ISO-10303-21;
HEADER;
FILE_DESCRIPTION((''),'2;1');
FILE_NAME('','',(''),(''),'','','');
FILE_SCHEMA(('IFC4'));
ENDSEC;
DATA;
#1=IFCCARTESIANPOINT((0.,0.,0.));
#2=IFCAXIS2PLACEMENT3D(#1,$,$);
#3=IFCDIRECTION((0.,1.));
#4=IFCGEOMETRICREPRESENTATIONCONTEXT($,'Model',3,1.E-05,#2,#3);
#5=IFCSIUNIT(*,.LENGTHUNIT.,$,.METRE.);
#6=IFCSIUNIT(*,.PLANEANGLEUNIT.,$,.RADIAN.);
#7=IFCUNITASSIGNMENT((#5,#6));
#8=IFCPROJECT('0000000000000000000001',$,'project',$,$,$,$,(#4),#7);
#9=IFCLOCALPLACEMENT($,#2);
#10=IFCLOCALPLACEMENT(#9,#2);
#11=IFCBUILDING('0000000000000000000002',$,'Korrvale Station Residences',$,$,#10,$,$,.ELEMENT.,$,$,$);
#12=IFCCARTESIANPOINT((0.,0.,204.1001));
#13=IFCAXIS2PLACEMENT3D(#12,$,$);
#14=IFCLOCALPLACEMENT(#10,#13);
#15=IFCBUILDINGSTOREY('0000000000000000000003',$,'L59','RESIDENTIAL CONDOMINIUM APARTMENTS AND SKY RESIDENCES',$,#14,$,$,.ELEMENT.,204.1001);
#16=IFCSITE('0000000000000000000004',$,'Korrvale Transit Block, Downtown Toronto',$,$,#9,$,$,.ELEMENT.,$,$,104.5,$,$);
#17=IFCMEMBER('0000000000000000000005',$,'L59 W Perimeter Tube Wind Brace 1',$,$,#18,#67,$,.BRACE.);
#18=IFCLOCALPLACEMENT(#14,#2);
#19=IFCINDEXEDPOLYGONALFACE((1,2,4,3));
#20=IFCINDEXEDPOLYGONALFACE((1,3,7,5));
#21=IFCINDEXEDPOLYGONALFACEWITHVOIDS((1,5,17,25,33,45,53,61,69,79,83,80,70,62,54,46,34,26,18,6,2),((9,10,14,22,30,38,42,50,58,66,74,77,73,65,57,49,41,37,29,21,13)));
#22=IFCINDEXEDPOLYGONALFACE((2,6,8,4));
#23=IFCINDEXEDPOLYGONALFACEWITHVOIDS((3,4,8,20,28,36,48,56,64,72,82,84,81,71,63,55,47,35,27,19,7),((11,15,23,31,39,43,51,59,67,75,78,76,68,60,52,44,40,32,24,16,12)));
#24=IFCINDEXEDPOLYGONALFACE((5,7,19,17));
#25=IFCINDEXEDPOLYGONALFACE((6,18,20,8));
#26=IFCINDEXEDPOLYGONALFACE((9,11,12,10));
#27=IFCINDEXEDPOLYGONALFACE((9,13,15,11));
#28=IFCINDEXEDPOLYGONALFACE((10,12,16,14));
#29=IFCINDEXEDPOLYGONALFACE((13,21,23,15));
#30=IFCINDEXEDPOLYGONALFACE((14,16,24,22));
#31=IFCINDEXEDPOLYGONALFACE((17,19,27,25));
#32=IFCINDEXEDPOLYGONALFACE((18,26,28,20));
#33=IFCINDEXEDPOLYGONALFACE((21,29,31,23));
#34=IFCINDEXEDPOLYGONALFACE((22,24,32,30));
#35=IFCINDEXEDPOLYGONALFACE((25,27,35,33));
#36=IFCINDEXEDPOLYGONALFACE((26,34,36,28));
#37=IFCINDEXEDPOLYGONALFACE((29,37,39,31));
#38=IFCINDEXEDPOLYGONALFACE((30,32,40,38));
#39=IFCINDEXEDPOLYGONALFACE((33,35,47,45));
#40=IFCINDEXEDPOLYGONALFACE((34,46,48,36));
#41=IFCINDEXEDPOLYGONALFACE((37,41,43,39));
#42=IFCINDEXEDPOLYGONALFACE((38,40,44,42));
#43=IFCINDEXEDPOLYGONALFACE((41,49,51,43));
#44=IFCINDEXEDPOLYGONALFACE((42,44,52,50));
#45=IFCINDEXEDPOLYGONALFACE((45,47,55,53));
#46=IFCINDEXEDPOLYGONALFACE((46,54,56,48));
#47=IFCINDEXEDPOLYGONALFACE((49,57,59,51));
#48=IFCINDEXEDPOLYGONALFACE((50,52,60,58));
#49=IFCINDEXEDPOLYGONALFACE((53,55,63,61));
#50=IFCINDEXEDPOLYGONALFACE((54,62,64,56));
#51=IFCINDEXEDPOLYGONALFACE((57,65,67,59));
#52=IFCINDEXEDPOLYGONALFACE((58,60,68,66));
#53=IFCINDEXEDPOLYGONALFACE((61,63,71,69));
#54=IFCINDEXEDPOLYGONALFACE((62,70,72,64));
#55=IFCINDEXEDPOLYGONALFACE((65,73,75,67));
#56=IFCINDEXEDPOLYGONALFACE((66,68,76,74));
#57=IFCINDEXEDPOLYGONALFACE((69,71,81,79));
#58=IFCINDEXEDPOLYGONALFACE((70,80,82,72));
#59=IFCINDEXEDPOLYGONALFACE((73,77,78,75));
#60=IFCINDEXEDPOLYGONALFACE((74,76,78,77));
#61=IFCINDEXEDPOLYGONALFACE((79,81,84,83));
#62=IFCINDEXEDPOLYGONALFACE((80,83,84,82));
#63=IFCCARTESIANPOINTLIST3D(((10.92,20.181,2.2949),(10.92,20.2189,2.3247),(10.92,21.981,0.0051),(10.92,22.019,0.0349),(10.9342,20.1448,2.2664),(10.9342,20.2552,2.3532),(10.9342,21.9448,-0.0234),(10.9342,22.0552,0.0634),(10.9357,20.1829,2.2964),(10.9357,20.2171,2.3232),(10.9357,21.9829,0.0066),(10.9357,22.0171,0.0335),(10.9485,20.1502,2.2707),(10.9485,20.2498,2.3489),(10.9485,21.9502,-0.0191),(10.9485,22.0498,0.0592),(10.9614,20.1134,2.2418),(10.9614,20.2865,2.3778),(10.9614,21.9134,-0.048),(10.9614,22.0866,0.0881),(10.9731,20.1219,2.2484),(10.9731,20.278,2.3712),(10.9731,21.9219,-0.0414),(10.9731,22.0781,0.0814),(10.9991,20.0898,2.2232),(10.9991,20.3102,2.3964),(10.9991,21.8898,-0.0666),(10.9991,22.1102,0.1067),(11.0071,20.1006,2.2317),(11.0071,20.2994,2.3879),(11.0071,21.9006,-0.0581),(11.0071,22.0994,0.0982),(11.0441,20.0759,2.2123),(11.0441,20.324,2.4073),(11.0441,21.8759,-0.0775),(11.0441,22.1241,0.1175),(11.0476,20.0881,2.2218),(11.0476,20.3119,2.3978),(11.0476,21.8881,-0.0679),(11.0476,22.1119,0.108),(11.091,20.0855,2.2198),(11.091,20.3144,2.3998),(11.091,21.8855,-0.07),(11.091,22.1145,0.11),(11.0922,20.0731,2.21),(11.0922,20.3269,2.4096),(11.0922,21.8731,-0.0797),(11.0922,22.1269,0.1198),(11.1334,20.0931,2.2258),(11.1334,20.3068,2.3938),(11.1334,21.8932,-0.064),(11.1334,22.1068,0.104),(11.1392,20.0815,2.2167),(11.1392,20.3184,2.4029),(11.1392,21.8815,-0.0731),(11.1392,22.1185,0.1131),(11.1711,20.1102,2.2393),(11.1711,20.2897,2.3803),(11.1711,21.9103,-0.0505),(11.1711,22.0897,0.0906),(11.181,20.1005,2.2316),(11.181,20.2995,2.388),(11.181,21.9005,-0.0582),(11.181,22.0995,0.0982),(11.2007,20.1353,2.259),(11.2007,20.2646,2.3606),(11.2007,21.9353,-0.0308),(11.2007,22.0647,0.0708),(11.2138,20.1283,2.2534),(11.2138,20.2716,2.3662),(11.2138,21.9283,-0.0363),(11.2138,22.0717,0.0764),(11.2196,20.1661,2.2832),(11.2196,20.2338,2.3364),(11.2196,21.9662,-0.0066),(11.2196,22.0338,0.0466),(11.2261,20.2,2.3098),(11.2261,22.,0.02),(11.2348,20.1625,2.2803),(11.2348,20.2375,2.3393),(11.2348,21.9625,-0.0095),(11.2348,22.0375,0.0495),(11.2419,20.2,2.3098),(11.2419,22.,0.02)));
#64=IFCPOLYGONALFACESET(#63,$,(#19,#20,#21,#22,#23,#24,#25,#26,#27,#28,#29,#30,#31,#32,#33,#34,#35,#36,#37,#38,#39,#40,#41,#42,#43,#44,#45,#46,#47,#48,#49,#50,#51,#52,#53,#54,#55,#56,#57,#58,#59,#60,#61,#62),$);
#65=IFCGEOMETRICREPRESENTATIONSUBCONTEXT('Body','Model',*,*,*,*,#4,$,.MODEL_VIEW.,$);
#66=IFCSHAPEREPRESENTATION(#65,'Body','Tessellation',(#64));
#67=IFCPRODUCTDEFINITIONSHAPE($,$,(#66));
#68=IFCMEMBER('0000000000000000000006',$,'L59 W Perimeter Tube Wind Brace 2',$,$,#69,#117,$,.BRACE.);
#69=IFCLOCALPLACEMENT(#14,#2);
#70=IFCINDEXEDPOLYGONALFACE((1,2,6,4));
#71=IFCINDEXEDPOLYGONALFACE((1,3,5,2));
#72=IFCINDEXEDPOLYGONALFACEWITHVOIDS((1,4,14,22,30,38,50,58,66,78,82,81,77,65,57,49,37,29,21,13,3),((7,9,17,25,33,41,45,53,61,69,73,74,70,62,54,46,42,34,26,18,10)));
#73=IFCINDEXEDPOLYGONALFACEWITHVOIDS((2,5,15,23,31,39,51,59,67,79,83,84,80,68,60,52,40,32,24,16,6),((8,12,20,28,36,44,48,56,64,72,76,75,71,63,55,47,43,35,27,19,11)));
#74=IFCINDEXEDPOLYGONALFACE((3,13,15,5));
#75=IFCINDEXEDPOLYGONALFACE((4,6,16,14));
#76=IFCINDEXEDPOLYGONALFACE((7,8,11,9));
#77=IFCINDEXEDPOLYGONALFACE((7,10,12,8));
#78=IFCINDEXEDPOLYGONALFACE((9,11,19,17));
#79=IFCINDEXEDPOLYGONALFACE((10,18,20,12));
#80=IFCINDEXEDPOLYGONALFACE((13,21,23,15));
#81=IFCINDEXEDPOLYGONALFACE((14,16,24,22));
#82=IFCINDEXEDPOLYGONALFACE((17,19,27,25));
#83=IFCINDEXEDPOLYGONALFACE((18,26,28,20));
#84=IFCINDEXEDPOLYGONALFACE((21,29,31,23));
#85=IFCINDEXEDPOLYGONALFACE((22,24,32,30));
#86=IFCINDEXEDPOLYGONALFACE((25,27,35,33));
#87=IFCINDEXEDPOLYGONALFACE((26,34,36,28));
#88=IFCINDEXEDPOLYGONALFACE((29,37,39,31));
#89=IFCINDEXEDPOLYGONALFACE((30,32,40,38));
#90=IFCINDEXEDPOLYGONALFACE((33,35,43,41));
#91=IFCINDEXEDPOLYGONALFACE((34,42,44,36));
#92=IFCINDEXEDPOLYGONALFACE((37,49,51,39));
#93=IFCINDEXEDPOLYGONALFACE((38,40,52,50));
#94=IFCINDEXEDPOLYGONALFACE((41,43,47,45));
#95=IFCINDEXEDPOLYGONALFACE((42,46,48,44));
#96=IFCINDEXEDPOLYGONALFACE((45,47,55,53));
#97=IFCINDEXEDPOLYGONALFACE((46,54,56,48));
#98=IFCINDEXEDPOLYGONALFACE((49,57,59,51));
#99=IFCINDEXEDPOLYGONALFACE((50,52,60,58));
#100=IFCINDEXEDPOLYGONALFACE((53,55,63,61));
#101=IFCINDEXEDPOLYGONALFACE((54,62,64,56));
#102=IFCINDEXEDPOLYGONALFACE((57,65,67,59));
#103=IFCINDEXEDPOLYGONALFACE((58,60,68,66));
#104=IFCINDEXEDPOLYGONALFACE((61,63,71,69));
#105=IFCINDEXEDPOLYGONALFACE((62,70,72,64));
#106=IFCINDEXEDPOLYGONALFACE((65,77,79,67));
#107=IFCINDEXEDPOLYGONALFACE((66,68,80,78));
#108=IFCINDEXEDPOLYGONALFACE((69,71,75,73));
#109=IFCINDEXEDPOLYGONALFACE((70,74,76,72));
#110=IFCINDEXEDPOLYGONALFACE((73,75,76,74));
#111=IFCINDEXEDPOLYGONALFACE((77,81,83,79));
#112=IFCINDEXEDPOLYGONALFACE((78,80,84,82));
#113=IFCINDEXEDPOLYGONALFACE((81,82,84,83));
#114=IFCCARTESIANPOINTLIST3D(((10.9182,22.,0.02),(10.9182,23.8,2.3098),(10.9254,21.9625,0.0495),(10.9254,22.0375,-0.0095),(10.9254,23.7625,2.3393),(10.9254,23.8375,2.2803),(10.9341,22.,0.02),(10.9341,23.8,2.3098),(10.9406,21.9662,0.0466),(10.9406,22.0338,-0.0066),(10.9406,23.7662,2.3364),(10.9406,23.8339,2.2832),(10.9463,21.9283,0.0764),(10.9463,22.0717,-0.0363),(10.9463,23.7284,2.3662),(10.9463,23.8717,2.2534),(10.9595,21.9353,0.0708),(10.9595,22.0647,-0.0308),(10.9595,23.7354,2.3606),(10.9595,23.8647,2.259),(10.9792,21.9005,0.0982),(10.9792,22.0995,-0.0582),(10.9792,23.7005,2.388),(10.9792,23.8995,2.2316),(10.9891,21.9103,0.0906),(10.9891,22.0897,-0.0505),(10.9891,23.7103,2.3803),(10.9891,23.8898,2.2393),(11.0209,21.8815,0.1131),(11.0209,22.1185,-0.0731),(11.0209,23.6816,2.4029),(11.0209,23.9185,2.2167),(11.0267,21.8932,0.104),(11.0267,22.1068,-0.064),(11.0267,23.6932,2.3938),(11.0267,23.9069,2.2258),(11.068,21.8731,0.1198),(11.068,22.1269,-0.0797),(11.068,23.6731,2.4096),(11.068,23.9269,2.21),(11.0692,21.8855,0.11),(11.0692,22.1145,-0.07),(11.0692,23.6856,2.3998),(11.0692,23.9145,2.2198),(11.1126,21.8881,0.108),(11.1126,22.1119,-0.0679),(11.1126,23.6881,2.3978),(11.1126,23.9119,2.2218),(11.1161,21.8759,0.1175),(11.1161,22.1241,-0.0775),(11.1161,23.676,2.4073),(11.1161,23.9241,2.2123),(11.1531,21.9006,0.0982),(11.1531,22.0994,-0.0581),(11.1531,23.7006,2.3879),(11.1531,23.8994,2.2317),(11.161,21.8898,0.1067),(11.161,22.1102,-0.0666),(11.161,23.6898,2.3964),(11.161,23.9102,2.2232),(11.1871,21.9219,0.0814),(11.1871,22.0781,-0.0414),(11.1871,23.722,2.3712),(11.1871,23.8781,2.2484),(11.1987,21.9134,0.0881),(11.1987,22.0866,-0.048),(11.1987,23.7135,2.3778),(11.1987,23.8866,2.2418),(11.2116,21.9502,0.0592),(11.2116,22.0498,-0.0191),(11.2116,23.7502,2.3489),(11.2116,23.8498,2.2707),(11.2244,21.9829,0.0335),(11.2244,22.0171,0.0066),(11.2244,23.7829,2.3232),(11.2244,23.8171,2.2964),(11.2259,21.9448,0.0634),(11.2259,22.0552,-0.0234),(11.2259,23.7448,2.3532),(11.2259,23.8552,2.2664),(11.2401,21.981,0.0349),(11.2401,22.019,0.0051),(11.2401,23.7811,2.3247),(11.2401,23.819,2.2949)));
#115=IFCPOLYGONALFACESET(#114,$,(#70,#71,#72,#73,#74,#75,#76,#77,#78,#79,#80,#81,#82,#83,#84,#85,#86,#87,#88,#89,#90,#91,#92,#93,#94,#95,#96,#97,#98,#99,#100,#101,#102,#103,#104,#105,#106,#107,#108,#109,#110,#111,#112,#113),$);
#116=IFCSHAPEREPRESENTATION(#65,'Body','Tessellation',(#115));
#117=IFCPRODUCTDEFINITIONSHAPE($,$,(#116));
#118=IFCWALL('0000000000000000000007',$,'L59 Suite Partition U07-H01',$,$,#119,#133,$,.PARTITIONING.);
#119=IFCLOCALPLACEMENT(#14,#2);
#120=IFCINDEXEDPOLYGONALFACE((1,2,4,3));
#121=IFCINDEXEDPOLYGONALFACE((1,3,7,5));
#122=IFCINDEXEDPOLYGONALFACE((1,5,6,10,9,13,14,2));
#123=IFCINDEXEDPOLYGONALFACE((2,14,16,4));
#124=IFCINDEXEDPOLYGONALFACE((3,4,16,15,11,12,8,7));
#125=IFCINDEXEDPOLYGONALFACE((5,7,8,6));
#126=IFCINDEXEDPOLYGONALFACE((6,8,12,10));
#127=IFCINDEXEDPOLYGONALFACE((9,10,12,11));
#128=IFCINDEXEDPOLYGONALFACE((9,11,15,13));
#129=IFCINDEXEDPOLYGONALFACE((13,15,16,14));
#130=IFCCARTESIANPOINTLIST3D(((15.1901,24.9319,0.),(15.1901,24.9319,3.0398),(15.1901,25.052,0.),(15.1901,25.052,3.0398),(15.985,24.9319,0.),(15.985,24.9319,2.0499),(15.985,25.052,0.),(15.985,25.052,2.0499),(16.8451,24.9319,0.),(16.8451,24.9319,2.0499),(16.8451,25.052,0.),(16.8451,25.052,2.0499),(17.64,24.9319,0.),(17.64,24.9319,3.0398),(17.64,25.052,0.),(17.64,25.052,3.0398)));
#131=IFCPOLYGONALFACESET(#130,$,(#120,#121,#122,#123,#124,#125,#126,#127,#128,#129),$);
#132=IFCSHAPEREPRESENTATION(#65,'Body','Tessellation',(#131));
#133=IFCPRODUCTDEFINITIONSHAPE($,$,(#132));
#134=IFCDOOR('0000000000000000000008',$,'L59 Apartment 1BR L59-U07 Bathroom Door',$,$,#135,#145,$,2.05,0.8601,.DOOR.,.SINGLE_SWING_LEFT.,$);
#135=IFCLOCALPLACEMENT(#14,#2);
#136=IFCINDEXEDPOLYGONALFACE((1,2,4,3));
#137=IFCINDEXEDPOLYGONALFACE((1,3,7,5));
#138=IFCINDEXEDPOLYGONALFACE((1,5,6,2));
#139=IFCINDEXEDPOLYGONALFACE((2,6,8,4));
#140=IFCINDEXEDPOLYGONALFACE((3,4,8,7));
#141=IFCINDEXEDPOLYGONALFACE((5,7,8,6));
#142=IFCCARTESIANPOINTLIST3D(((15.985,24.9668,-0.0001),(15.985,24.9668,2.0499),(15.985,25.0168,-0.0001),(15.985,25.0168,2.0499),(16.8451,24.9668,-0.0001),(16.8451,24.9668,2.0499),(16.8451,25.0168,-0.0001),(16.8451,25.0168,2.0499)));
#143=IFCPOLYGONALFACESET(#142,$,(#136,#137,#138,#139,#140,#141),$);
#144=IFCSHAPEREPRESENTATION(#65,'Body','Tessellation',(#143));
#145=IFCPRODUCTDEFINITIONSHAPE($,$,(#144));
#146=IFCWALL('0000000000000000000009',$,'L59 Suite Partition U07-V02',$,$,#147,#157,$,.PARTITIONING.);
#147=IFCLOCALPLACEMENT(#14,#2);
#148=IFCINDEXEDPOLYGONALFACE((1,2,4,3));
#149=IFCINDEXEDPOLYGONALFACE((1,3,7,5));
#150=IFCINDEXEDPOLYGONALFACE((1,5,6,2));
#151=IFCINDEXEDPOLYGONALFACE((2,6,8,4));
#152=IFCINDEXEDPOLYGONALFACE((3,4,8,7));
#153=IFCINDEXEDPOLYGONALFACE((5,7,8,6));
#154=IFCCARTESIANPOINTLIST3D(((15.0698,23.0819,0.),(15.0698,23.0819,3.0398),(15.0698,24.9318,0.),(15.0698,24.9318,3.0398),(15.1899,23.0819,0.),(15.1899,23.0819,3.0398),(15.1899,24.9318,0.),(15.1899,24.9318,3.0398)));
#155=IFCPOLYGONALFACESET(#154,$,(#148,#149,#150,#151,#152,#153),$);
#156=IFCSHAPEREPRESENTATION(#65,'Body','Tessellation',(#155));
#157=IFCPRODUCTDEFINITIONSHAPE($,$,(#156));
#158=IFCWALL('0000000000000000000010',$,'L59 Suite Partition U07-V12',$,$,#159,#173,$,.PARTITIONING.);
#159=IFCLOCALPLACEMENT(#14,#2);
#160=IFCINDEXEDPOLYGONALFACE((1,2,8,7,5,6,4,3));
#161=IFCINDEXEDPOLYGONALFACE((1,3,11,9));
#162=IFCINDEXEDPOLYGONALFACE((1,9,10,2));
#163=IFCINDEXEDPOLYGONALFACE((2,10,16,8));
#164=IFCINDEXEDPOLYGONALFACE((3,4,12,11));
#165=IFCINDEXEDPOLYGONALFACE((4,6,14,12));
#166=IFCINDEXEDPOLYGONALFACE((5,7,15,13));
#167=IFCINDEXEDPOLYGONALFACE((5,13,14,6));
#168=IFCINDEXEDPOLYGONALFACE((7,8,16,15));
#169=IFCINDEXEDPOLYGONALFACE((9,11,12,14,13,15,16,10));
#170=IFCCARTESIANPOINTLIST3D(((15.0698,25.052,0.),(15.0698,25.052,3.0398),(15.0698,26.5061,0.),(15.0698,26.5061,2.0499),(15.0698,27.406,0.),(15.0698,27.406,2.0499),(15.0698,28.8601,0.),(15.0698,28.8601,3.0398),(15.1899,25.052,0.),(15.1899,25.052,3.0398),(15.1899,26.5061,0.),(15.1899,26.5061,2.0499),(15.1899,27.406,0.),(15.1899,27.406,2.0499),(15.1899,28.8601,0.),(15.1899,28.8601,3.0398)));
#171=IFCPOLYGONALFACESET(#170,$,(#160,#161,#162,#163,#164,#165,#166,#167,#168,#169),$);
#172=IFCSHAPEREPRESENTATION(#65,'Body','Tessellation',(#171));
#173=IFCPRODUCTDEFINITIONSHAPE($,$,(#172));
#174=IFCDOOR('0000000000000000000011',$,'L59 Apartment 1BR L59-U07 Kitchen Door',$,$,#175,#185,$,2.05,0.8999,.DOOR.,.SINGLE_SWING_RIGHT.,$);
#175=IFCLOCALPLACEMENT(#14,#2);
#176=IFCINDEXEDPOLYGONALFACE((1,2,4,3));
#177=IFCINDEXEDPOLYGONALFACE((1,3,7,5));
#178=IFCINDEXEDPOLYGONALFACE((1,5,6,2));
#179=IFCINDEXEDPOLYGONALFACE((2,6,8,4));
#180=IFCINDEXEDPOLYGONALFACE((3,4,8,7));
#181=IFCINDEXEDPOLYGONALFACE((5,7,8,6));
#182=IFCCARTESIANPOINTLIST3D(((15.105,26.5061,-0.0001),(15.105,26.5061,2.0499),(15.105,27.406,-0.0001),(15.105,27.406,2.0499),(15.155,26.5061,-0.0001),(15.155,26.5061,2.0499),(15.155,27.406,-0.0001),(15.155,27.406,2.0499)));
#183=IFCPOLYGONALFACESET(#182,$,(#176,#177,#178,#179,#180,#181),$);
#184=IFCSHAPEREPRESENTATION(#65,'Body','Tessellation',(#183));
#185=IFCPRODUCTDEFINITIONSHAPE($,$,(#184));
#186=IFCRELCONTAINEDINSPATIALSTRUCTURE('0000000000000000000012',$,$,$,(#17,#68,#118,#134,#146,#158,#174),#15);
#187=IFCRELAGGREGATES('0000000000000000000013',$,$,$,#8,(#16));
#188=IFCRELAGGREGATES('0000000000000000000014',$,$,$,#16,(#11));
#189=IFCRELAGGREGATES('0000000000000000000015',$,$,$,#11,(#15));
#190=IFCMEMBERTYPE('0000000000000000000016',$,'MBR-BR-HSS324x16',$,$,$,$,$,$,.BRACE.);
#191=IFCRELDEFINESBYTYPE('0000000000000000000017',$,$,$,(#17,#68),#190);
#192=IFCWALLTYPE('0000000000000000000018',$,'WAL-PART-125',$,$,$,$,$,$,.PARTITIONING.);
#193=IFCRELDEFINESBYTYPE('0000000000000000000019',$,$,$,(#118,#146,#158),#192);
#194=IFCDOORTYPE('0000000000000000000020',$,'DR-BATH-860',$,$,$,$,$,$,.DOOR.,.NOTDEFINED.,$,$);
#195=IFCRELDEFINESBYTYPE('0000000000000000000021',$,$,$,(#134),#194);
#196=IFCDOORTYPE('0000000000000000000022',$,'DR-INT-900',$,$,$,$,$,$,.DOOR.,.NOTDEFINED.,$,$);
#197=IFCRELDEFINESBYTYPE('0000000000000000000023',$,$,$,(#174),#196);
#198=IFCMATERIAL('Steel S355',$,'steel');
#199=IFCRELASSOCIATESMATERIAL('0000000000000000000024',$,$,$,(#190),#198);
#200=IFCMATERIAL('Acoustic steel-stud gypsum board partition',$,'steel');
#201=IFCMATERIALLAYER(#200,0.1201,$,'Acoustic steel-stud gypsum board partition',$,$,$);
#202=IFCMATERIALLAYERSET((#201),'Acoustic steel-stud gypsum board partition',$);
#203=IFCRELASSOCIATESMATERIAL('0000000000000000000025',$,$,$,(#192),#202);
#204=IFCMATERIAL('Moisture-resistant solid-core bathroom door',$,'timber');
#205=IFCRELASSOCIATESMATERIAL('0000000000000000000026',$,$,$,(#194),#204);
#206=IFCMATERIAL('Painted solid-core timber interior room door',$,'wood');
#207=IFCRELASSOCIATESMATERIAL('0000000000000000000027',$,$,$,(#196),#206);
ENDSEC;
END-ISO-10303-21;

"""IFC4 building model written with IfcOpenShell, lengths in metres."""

from ifc_helpers import new_model, si_unit, direction, frame, frame_2d, origin, origin_2d, place, context, subcontext, project, spatial, rectangle, hollow_circle, extrude, material, layer, layer_set, material_profile, profile_set, type_object, element, fill, save


model = new_model("IFC4")

# Units and contexts
model_context = context("Model", 3, precision=1e-05, world=origin(), true_north=direction((0.0, 1.0)))
body_context = subcontext(model_context, "Body", "Model", "MODEL_VIEW")
ifc_project = project(units=[si_unit("LENGTHUNIT", "METRE"), si_unit("PLANEANGLEUNIT", "RADIAN")], contexts=[model_context])

# Site, building, storey
site_placement = place(None, origin())
site = spatial("IfcSite", under=ifc_project, at=site_placement, Name="Korrvale Transit Block, Downtown Toronto", CompositionType="ELEMENT", RefElevation=104.5)
building_placement = place(site_placement, origin())
building = spatial("IfcBuilding", under=site, at=building_placement, Name="Korrvale Station Residences", CompositionType="ELEMENT")
storey_placement = place(building_placement, frame((0.0, 0.0, 204.1001)))
storey = spatial("IfcBuildingStorey", under=building, at=storey_placement, Name="L59", Description="RESIDENTIAL CONDOMINIUM APARTMENTS AND SKY RESIDENCES", CompositionType="ELEMENT", Elevation=204.1001)

# Shared definitions
ifc_material_1 = material(Name="Steel S355", Category="steel")

# Members
ifc_material_profile_1 = material_profile(ifc_material_1, hollow_circle(Radius=0.1619, WallThickness=0.0159, at=origin_2d()), Name="HSS324x16")
ifc_profile_set_1 = profile_set([ifc_material_profile_1], Name="Steel S355")
member_type = type_object("IfcMemberType", Name="MBR-BR-HSS324x16", PredefinedType="BRACE", material=ifc_profile_set_1)
for number, where, z_axis, x_axis, name in (
    (1, (11.0801, 22.0, 0.02), (0.0, -0.618018, 0.786164), (1.0, 0.0, 0.0), "L59 W Perimeter Tube Wind Brace 1"),
    (2, (11.0801, 22.0, 0.02), (0.0, 0.618018, 0.786164), (-1.0, 0.0, 0.0), "L59 W Perimeter Tube Wind Brace 2"),
):
    element("IfcMember", number, at=place(storey_placement, frame(where, z_axis=z_axis, x_axis=x_axis)), inside=storey, type_object=member_type, Name=name, PredefinedType="BRACE", context=body_context, shape_type="SweptSolid", body=[
        extrude(hollow_circle(Radius=0.1619, WallThickness=0.0159, at=origin_2d()), origin(), (0.0, 0.0, 1.0), 2.9126),
    ])

# Wall, opening, door
ifc_material_2 = material(Name="Acoustic steel-stud gypsum board partition", Category="steel")
ifc_layer_1 = layer(ifc_material_2, 0.1201, Name="Acoustic steel-stud gypsum board partition")
ifc_layer_set_1 = layer_set([ifc_layer_1], Name="Acoustic steel-stud gypsum board partition")
wall_type_1 = type_object("IfcWallType", Name="WAL-PART-125", PredefinedType="PARTITIONING", material=ifc_layer_set_1)
wall_1_placement = place(storey_placement, frame((15.1899, 24.9919, 0.0), z_axis=(0.0, 0.0, 1.0), x_axis=(1.0, 0.0, 0.0)))
wall_1 = element("IfcWall", 3, at=wall_1_placement, inside=storey, type_object=wall_type_1, Name="L59 Suite Partition U07-H01", PredefinedType="PARTITIONING", context=body_context, shape_type="SweptSolid", body=[
    extrude(rectangle(XDim=2.45, YDim=0.1201, at=frame_2d((1.2251, 0.0))), origin(), (0.0, 0.0, 1.0), 3.0398),
])
opening_1_placement = place(wall_1_placement, frame((0.7949, 0.0, 0.0)))
opening_1 = element("IfcOpeningElement", 4, at=opening_1_placement, cuts=wall_1, PredefinedType="OPENING", context=body_context, shape_type="SweptSolid", body=[
    extrude(rectangle(XDim=0.8601, YDim=2.05, at=frame_2d((0.4302, 1.0249))), frame((0.0, 0.0701, 0.0), z_axis=(0.0, -1.0, 0.0), x_axis=(1.0, 0.0, 0.0)), (0.0, 0.0, 1.0), 0.1401),
])
ifc_material_3 = material(Name="Moisture-resistant solid-core bathroom door", Category="timber")
door_type_1 = type_object("IfcDoorType", Name="DR-BATH-860", OperationType="NOTDEFINED", PredefinedType="DOOR", material=ifc_material_3)
door_1_placement = place(opening_1_placement, origin())
door_1 = element("IfcDoor", 5, at=door_1_placement, inside=storey, type_object=door_type_1, Name="L59 Apartment 1BR L59-U07 Bathroom Door", OperationType="SINGLE_SWING_LEFT", OverallHeight=2.05, OverallWidth=0.8601, PredefinedType="DOOR", context=body_context, shape_type="SweptSolid", body=[
    extrude(rectangle(XDim=0.8601, YDim=2.05, at=frame_2d((0.4302, 1.0249))), frame((0.0, 0.0249, 0.0), z_axis=(0.0, -1.0, 0.0), x_axis=(1.0, 0.0, 0.0)), (0.0, 0.0, 1.0), 0.05),
])
fill(opening_1, door_1)

# Wall
wall_2_placement = place(storey_placement, frame((15.1299, 23.082, 0.0), z_axis=(0.0, 0.0, 1.0), x_axis=(0.0, 1.0, 0.0)))
element("IfcWall", 6, at=wall_2_placement, inside=storey, type_object=wall_type_1, Name="L59 Suite Partition U07-V02", PredefinedType="PARTITIONING", context=body_context, shape_type="SweptSolid", body=[
    extrude(rectangle(XDim=1.8499, YDim=0.1201, at=frame_2d((0.9248, 0.0))), origin(), (0.0, 0.0, 1.0), 3.0398),
])

# Wall, opening, door
wall_3_placement = place(storey_placement, frame((15.1299, 25.052, 0.0), z_axis=(0.0, 0.0, 1.0), x_axis=(0.0, 1.0, 0.0)))
wall_3 = element("IfcWall", 7, at=wall_3_placement, inside=storey, type_object=wall_type_1, Name="L59 Suite Partition U07-V12", PredefinedType="PARTITIONING", context=body_context, shape_type="SweptSolid", body=[
    extrude(rectangle(XDim=3.8081, YDim=0.1201, at=frame_2d((1.9041, 0.0))), origin(), (0.0, 0.0, 1.0), 3.0398),
])
opening_2_placement = place(wall_3_placement, frame((1.4541, 0.0, 0.0)))
opening_2 = element("IfcOpeningElement", 8, at=opening_2_placement, cuts=wall_3, PredefinedType="OPENING", context=body_context, shape_type="SweptSolid", body=[
    extrude(rectangle(XDim=0.8999, YDim=2.05, at=frame_2d((0.45, 1.0249))), frame((0.0, 0.0701, 0.0), z_axis=(0.0, -1.0, 0.0), x_axis=(1.0, 0.0, 0.0)), (0.0, 0.0, 1.0), 0.1401),
])
ifc_material_4 = material(Name="Painted solid-core timber interior room door", Category="wood")
door_type_2 = type_object("IfcDoorType", Name="DR-INT-900", OperationType="NOTDEFINED", PredefinedType="DOOR", material=ifc_material_4)
door_2_placement = place(opening_2_placement, origin())
door_2 = element("IfcDoor", 9, at=door_2_placement, inside=storey, type_object=door_type_2, Name="L59 Apartment 1BR L59-U07 Kitchen Door", OperationType="SINGLE_SWING_RIGHT", OverallHeight=2.05, OverallWidth=0.8999, PredefinedType="DOOR", context=body_context, shape_type="SweptSolid", body=[
    extrude(rectangle(XDim=0.8999, YDim=2.05, at=frame_2d((0.45, 1.0249))), frame((0.0, 0.0249, 0.0), z_axis=(0.0, -1.0, 0.0), x_axis=(1.0, 0.0, 0.0)), (0.0, 0.0, 1.0), 0.05),
])
fill(opening_2, door_2)

save(model, "model.ifc")
